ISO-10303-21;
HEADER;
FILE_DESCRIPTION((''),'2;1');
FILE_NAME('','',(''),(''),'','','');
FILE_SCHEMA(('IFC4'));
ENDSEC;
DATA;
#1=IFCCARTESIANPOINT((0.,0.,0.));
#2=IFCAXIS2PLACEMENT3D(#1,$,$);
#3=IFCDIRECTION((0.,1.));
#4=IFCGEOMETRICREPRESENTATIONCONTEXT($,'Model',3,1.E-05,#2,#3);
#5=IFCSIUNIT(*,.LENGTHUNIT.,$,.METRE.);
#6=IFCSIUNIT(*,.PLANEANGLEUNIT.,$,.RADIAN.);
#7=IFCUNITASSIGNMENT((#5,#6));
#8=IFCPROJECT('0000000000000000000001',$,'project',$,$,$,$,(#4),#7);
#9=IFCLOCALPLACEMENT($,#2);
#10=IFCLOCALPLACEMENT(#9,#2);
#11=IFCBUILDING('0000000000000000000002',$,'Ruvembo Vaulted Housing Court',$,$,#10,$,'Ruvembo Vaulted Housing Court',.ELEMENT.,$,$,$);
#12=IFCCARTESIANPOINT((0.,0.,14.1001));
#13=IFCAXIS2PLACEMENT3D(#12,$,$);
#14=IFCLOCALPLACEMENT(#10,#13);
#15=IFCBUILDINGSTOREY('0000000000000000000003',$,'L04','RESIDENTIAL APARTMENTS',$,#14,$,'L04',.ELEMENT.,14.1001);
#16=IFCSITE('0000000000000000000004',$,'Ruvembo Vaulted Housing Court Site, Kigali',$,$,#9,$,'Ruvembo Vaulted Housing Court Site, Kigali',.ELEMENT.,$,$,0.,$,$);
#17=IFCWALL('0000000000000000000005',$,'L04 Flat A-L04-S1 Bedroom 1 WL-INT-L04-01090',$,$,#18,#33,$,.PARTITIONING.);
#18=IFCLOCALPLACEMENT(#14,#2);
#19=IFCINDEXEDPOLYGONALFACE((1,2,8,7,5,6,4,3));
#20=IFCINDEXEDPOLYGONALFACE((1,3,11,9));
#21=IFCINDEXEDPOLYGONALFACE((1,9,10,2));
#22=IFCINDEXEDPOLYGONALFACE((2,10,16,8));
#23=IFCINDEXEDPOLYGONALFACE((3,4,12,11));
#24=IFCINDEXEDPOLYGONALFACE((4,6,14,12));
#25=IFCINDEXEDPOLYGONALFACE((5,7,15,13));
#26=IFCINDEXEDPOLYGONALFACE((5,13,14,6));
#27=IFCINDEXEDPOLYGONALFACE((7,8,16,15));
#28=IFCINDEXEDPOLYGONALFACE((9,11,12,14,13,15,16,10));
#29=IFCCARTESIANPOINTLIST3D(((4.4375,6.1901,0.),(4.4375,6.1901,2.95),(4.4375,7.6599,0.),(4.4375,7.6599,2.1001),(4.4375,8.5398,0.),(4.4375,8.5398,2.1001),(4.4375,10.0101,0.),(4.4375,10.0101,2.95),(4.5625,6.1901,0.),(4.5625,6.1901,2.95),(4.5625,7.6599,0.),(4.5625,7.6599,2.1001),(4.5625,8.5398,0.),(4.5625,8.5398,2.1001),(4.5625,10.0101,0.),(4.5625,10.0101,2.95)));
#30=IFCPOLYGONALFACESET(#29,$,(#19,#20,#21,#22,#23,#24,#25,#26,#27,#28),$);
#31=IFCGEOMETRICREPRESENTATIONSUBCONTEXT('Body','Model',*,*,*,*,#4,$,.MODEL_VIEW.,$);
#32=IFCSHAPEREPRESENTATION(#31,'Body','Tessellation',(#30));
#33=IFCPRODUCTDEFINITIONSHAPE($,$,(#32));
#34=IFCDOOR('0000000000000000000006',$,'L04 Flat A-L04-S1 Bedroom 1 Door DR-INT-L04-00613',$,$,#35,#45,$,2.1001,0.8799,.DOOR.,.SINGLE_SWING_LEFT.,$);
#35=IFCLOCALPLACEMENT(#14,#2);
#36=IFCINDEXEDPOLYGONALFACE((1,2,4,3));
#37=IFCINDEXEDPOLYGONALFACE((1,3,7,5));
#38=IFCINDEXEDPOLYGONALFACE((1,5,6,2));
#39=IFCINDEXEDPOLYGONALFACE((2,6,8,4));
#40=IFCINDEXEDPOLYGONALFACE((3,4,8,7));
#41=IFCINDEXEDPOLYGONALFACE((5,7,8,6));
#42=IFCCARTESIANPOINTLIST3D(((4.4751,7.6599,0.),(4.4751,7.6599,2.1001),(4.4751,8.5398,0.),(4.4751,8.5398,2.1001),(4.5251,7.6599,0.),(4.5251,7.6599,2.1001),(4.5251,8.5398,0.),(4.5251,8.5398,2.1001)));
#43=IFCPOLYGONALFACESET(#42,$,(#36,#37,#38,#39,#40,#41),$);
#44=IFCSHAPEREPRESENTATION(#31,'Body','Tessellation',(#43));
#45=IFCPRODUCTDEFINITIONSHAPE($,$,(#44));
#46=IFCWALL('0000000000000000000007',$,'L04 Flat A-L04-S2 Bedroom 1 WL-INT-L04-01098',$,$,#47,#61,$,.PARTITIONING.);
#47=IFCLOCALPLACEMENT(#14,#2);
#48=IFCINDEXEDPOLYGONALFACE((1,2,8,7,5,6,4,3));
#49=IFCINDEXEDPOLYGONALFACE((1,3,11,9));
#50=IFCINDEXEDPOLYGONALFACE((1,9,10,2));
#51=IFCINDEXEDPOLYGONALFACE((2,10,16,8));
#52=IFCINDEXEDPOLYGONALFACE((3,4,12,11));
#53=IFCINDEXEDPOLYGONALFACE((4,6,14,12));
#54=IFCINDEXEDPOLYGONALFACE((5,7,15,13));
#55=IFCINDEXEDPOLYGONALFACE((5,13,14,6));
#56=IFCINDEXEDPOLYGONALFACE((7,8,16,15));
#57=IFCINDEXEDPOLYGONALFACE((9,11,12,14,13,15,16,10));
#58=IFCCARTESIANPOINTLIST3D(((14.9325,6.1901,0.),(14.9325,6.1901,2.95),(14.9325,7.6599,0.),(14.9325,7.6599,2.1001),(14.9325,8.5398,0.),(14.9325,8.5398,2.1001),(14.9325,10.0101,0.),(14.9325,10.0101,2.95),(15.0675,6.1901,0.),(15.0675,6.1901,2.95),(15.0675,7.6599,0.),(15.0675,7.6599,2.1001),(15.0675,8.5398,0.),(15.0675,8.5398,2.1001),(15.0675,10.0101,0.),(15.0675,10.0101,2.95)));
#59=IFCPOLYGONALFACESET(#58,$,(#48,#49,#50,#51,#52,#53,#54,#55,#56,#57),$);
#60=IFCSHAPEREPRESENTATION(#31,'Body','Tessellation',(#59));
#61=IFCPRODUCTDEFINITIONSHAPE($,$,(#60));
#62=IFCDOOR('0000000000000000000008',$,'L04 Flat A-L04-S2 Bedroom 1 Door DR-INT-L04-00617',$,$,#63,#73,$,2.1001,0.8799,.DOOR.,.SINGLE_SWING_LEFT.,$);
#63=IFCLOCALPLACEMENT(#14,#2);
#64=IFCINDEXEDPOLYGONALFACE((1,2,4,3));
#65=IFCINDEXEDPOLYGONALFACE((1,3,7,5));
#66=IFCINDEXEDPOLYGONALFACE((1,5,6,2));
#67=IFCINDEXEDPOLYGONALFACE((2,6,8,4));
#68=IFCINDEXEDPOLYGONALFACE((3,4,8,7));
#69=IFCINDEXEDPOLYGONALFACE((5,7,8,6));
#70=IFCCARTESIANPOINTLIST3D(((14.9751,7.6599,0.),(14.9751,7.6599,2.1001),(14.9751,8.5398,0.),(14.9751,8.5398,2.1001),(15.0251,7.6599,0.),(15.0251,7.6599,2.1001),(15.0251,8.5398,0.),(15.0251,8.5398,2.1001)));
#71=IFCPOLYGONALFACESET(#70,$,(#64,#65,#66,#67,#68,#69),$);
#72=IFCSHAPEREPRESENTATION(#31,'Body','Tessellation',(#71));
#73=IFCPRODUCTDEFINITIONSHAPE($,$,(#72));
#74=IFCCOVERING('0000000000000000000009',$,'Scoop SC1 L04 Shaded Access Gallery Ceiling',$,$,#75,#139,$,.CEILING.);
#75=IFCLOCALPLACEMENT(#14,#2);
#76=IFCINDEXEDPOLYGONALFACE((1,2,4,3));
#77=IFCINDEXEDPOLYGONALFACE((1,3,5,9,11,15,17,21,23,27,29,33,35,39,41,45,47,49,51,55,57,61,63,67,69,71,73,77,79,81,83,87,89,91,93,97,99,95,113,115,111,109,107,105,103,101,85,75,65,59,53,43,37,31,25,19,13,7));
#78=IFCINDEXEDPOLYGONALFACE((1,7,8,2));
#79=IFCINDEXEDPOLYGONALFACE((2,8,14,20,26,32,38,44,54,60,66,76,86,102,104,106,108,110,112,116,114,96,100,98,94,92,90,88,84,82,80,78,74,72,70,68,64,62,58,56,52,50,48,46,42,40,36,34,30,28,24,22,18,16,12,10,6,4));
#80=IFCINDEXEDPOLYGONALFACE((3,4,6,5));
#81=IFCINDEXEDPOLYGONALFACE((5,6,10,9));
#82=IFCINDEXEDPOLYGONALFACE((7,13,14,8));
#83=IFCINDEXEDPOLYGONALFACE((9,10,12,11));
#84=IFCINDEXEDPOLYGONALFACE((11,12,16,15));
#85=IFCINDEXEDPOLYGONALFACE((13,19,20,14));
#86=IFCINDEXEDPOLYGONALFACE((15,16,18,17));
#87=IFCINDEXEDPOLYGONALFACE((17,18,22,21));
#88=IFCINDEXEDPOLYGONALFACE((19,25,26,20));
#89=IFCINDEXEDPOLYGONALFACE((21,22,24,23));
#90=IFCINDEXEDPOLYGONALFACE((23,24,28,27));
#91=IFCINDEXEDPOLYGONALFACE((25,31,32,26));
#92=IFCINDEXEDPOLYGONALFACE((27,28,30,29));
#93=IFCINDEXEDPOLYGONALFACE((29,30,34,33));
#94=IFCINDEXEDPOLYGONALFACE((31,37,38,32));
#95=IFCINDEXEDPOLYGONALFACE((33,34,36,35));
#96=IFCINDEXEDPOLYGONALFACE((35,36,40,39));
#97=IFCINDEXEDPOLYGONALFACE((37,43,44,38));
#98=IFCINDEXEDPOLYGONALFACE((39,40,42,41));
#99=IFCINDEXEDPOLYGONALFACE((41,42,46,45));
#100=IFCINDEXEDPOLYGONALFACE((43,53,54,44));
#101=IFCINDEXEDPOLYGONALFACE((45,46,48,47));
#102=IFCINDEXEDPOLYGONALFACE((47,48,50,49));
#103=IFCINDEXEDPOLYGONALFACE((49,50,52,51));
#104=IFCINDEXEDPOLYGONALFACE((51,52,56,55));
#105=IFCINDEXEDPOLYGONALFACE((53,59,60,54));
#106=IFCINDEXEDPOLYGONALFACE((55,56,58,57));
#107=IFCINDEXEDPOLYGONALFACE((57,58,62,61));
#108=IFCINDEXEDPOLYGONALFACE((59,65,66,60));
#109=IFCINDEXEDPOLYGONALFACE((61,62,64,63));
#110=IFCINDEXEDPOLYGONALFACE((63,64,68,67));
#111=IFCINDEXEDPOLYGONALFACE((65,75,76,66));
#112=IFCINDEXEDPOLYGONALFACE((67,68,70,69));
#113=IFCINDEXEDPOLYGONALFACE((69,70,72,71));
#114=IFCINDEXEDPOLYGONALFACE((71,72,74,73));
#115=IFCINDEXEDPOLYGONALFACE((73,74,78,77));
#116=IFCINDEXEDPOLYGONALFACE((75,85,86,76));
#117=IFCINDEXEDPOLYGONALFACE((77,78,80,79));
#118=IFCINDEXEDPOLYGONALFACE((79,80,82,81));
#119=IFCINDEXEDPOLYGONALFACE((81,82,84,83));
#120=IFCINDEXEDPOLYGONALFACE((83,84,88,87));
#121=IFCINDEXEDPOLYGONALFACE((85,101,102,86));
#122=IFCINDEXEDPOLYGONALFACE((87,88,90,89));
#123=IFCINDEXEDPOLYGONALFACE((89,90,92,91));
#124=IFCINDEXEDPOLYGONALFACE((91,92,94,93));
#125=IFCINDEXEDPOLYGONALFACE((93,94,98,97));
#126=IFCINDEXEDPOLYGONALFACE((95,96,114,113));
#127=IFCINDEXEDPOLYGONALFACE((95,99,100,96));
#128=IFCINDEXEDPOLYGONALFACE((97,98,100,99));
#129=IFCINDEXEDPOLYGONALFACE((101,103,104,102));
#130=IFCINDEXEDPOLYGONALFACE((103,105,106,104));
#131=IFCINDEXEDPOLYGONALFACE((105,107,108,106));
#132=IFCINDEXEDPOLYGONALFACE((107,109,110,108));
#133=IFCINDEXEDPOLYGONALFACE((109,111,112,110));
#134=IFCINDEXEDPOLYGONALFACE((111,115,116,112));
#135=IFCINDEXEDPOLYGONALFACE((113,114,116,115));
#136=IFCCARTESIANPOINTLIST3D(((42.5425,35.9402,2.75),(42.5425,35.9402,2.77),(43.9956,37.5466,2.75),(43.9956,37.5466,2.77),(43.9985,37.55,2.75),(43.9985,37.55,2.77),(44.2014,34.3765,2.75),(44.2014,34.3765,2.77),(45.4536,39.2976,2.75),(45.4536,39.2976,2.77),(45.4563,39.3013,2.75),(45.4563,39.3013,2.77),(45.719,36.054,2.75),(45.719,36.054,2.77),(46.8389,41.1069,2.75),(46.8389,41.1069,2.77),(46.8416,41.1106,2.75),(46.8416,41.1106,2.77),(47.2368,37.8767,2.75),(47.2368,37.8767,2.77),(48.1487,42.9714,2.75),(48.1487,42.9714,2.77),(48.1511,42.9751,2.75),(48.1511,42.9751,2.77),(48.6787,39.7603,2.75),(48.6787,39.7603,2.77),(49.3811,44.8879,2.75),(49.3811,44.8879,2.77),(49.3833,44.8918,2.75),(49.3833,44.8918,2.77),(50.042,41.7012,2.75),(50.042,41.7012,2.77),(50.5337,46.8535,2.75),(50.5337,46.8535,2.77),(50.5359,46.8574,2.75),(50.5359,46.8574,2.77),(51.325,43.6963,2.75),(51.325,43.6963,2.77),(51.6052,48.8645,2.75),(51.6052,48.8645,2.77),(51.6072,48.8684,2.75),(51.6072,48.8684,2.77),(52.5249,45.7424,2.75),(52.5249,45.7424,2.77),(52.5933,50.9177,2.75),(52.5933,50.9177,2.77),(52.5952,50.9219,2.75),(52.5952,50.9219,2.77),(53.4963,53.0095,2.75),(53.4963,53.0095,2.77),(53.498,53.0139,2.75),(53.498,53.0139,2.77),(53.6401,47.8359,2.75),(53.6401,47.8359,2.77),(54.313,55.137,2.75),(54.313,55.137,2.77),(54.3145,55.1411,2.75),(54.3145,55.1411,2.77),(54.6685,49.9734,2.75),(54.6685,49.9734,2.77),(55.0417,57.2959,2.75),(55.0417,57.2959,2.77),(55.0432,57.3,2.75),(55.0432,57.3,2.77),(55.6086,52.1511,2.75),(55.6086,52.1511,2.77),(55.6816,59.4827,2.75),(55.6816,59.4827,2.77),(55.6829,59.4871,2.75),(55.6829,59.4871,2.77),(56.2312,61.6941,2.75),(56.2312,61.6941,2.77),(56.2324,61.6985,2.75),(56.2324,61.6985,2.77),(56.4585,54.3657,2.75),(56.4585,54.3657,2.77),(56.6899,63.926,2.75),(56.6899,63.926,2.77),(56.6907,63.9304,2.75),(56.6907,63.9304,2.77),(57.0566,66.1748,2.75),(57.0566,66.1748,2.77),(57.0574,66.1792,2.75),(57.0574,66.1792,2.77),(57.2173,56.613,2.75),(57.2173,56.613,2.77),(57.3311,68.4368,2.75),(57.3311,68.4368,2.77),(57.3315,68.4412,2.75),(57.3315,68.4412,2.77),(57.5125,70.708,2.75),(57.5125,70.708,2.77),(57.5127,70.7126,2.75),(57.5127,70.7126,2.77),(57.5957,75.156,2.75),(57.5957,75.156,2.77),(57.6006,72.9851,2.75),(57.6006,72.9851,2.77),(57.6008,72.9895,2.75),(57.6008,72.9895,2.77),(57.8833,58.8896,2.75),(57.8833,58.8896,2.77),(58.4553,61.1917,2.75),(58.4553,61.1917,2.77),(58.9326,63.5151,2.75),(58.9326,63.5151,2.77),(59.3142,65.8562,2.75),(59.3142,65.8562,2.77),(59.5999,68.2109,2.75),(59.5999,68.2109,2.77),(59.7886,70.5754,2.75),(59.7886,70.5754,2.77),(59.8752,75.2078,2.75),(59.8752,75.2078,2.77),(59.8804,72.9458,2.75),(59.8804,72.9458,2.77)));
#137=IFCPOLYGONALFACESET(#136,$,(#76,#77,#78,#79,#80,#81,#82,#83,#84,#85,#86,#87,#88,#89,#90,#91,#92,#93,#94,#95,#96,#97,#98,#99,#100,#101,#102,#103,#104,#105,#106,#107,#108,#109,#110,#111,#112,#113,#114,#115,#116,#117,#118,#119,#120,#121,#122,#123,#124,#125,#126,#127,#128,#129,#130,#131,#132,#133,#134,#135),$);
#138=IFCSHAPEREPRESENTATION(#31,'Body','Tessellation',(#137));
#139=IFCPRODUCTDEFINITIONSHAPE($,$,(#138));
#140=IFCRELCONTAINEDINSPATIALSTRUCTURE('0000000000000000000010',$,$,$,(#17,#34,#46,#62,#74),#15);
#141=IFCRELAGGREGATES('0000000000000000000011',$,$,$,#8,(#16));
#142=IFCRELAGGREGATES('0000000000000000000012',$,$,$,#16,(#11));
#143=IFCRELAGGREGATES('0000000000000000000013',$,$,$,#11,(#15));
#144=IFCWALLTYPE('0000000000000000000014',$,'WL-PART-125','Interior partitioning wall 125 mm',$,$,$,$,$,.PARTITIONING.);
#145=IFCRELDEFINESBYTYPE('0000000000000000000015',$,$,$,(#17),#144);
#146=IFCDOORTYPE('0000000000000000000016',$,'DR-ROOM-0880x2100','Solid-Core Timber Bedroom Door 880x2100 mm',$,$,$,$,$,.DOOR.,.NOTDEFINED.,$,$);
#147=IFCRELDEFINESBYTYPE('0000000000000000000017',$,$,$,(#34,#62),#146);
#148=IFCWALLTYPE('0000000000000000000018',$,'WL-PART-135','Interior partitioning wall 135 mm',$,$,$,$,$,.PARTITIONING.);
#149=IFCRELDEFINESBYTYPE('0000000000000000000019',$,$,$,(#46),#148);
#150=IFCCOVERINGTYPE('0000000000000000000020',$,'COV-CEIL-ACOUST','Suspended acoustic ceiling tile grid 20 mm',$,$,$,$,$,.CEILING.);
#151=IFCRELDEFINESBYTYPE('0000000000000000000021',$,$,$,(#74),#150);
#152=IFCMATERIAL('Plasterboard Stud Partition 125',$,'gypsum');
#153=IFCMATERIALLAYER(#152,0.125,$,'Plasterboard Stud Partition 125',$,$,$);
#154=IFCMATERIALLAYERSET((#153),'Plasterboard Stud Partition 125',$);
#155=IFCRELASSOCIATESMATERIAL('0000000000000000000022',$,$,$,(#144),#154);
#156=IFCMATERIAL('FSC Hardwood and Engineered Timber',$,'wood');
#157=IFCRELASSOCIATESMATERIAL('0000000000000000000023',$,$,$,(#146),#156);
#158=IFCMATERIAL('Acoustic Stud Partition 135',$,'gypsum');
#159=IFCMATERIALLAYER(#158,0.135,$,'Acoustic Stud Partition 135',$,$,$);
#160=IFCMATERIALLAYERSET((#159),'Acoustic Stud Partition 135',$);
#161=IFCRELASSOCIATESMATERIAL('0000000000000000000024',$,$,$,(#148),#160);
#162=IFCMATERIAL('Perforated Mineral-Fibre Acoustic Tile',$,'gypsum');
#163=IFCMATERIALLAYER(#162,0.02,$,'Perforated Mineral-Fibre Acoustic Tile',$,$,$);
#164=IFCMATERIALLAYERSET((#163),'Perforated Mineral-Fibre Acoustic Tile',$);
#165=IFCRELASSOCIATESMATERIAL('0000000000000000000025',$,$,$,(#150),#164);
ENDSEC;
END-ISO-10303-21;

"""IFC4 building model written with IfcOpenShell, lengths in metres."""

from ifc_helpers import new_model, si_unit, direction, frame, frame_2d, origin, place, context, subcontext, project, spatial, polyline, rectangle, outline, extrude, material, layer, layer_set, type_object, element, fill, save


model = new_model("IFC4")

# Units and contexts
model_context = context("Model", 3, precision=1e-05, world=origin(), true_north=direction((0.0, 1.0)))
body_context = subcontext(model_context, "Body", "Model", "MODEL_VIEW")
ifc_project = project(units=[si_unit("LENGTHUNIT", "METRE"), si_unit("PLANEANGLEUNIT", "RADIAN")], contexts=[model_context])

# Site, building, storey
site_placement = place(None, origin())
site = spatial("IfcSite", under=ifc_project, at=site_placement, Name="Ruvembo Vaulted Housing Court Site, Kigali", LongName="Ruvembo Vaulted Housing Court Site, Kigali", CompositionType="ELEMENT", RefElevation=0.0)
building_placement = place(site_placement, origin())
building = spatial("IfcBuilding", under=site, at=building_placement, Name="Ruvembo Vaulted Housing Court", LongName="Ruvembo Vaulted Housing Court", CompositionType="ELEMENT")
storey_placement = place(building_placement, frame((0.0, 0.0, 14.1001)))
storey = spatial("IfcBuildingStorey", under=building, at=storey_placement, Name="L04", Description="RESIDENTIAL APARTMENTS", LongName="L04", CompositionType="ELEMENT", Elevation=14.1001)

# Walls, openings, doors
ifc_material_1 = material(Name="Plasterboard Stud Partition 125", Category="gypsum")
ifc_layer_1 = layer(ifc_material_1, 0.125, Name="Plasterboard Stud Partition 125")
ifc_layer_set_1 = layer_set([ifc_layer_1], Name="Plasterboard Stud Partition 125")
wall_type_1 = type_object("IfcWallType", Name="WL-PART-125", Description="Interior partitioning wall 125 mm", PredefinedType="PARTITIONING", material=ifc_layer_set_1)
wall_1_placement = place(storey_placement, frame((4.5, 6.1899, 0.0), z_axis=(0.0, 0.0, 1.0), x_axis=(0.0, 1.0, 0.0)))
wall_1 = element("IfcWall", 1, at=wall_1_placement, inside=storey, type_object=wall_type_1, Name="L04 Flat A-L04-S1 Bedroom 1 WL-INT-L04-01090", PredefinedType="PARTITIONING", context=body_context, shape_type="SweptSolid", body=[
    extrude(rectangle(XDim=3.8201, YDim=0.125, at=frame_2d((1.9102, 0.0))), origin(), (0.0, 0.0, 1.0), 2.95),
])
opening_1_placement = place(wall_1_placement, frame((1.47, 0.0, 0.0)))
opening_1 = element("IfcOpeningElement", 2, at=opening_1_placement, cuts=wall_1, PredefinedType="OPENING", context=body_context, shape_type="SweptSolid", body=[
    extrude(rectangle(XDim=0.8799, YDim=2.1001, at=frame_2d((0.4399, 1.05))), frame((0.0, 0.0725, 0.0), z_axis=(0.0, -1.0, 0.0), x_axis=(1.0, 0.0, 0.0)), (0.0, 0.0, 1.0), 0.145),
])
ifc_material_2 = material(Name="FSC Hardwood and Engineered Timber", Category="wood")
door_type = type_object("IfcDoorType", Name="DR-ROOM-0880x2100", Description="Solid-Core Timber Bedroom Door 880x2100 mm", OperationType="NOTDEFINED", PredefinedType="DOOR", material=ifc_material_2)
door_1_placement = place(opening_1_placement, origin())
door_1 = element("IfcDoor", 3, at=door_1_placement, inside=storey, type_object=door_type, Name="L04 Flat A-L04-S1 Bedroom 1 Door DR-INT-L04-00613", OperationType="SINGLE_SWING_LEFT", OverallHeight=2.1001, OverallWidth=0.8799, PredefinedType="DOOR", context=body_context, shape_type="SweptSolid", body=[
    extrude(rectangle(XDim=0.8799, YDim=2.1001, at=frame_2d((0.4399, 1.05))), frame((0.0, 0.0249, 0.0), z_axis=(0.0, -1.0, 0.0), x_axis=(1.0, 0.0, 0.0)), (0.0, 0.0, 1.0), 0.05),
])
fill(opening_1, door_1)
ifc_material_3 = material(Name="Acoustic Stud Partition 135", Category="gypsum")
ifc_layer_2 = layer(ifc_material_3, 0.135, Name="Acoustic Stud Partition 135")
ifc_layer_set_2 = layer_set([ifc_layer_2], Name="Acoustic Stud Partition 135")
wall_type_2 = type_object("IfcWallType", Name="WL-PART-135", Description="Interior partitioning wall 135 mm", PredefinedType="PARTITIONING", material=ifc_layer_set_2)
wall_2_placement = place(storey_placement, frame((15.0, 6.1899, 0.0), z_axis=(0.0, 0.0, 1.0), x_axis=(0.0, 1.0, 0.0)))
wall_2 = element("IfcWall", 4, at=wall_2_placement, inside=storey, type_object=wall_type_2, Name="L04 Flat A-L04-S2 Bedroom 1 WL-INT-L04-01098", PredefinedType="PARTITIONING", context=body_context, shape_type="SweptSolid", body=[
    extrude(rectangle(XDim=3.8201, YDim=0.135, at=frame_2d((1.9102, 0.0))), origin(), (0.0, 0.0, 1.0), 2.95),
])
opening_2_placement = place(wall_2_placement, frame((1.47, 0.0, 0.0)))
opening_2 = element("IfcOpeningElement", 5, at=opening_2_placement, cuts=wall_2, PredefinedType="OPENING", context=body_context, shape_type="SweptSolid", body=[
    extrude(rectangle(XDim=0.8799, YDim=2.1001, at=frame_2d((0.4399, 1.05))), frame((0.0, 0.0774, 0.0), z_axis=(0.0, -1.0, 0.0), x_axis=(1.0, 0.0, 0.0)), (0.0, 0.0, 1.0), 0.155),
])
door_2_placement = place(opening_2_placement, origin())
door_2 = element("IfcDoor", 6, at=door_2_placement, inside=storey, type_object=door_type, Name="L04 Flat A-L04-S2 Bedroom 1 Door DR-INT-L04-00617", OperationType="SINGLE_SWING_LEFT", OverallHeight=2.1001, OverallWidth=0.8799, PredefinedType="DOOR", context=body_context, shape_type="SweptSolid", body=[
    extrude(rectangle(XDim=0.8799, YDim=2.1001, at=frame_2d((0.4399, 1.05))), frame((0.0, 0.0249, 0.0), z_axis=(0.0, -1.0, 0.0), x_axis=(1.0, 0.0, 0.0)), (0.0, 0.0, 1.0), 0.05),
])
fill(opening_2, door_2)

# Covering
ifc_material_4 = material(Name="Perforated Mineral-Fibre Acoustic Tile", Category="gypsum")
ifc_layer_3 = layer(ifc_material_4, 0.02, Name="Perforated Mineral-Fibre Acoustic Tile")
ifc_layer_set_3 = layer_set([ifc_layer_3], Name="Perforated Mineral-Fibre Acoustic Tile")
covering_type_1 = type_object("IfcCoveringType", Name="COV-CEIL-ACOUST", Description="Suspended acoustic ceiling tile grid 20 mm", PredefinedType="CEILING", material=ifc_layer_set_3)
covering_1_placement = place(storey_placement, frame((0.0, 0.0, 2.75)))
element("IfcCovering", 7, at=covering_1_placement, inside=storey, type_object=covering_type_1, Name="Scoop SC1 L04 Shaded Access Gallery Ceiling", PredefinedType="CEILING", context=body_context, shape_type="SweptSolid", body=[
    extrude(outline(polyline([(44.2014, 34.3765), (45.719, 36.054), (47.2368, 37.8767), (48.6787, 39.7603), (50.042, 41.7012), (51.325, 43.6963), (52.5249, 45.7424), (53.6401, 47.8359), (54.6685, 49.9734), (55.6086, 52.1511), (56.4585, 54.3657), (57.2173, 56.613), (57.8833, 58.8896), (58.4553, 61.1917), (58.9326, 63.5151), (59.3142, 65.8562), (59.5999, 68.2109), (59.7886, 70.5754), (59.8804, 72.9458), (59.8752, 75.2078), (57.5957, 75.156), (57.6008, 72.9895), (57.6006, 72.9851), (57.5127, 70.7126), (57.5125, 70.708), (57.3315, 68.4412), (57.3311, 68.4368), (57.0574, 66.1792), (57.0566, 66.1748), (56.6907, 63.9304), (56.6899, 63.926), (56.2324, 61.6985), (56.2312, 61.6941), (55.6829, 59.4871), (55.6816, 59.4827), (55.0432, 57.3), (55.0417, 57.2959), (54.3145, 55.1411), (54.313, 55.137), (53.498, 53.0139), (53.4963, 53.0095), (52.5952, 50.9219), (52.5933, 50.9177), (51.6072, 48.8684), (51.6052, 48.8645), (50.5359, 46.8574), (50.5337, 46.8535), (49.3833, 44.8918), (49.3811, 44.8879), (48.1511, 42.9751), (48.1487, 42.9714), (46.8416, 41.1106), (46.8389, 41.1069), (45.4563, 39.3013), (45.4536, 39.2976), (43.9985, 37.55), (43.9956, 37.5466), (42.5425, 35.9402), (44.2014, 34.3765)])), origin(), (0.0, 0.0, 1.0), 0.02),
])

save(model, "model.ifc")
